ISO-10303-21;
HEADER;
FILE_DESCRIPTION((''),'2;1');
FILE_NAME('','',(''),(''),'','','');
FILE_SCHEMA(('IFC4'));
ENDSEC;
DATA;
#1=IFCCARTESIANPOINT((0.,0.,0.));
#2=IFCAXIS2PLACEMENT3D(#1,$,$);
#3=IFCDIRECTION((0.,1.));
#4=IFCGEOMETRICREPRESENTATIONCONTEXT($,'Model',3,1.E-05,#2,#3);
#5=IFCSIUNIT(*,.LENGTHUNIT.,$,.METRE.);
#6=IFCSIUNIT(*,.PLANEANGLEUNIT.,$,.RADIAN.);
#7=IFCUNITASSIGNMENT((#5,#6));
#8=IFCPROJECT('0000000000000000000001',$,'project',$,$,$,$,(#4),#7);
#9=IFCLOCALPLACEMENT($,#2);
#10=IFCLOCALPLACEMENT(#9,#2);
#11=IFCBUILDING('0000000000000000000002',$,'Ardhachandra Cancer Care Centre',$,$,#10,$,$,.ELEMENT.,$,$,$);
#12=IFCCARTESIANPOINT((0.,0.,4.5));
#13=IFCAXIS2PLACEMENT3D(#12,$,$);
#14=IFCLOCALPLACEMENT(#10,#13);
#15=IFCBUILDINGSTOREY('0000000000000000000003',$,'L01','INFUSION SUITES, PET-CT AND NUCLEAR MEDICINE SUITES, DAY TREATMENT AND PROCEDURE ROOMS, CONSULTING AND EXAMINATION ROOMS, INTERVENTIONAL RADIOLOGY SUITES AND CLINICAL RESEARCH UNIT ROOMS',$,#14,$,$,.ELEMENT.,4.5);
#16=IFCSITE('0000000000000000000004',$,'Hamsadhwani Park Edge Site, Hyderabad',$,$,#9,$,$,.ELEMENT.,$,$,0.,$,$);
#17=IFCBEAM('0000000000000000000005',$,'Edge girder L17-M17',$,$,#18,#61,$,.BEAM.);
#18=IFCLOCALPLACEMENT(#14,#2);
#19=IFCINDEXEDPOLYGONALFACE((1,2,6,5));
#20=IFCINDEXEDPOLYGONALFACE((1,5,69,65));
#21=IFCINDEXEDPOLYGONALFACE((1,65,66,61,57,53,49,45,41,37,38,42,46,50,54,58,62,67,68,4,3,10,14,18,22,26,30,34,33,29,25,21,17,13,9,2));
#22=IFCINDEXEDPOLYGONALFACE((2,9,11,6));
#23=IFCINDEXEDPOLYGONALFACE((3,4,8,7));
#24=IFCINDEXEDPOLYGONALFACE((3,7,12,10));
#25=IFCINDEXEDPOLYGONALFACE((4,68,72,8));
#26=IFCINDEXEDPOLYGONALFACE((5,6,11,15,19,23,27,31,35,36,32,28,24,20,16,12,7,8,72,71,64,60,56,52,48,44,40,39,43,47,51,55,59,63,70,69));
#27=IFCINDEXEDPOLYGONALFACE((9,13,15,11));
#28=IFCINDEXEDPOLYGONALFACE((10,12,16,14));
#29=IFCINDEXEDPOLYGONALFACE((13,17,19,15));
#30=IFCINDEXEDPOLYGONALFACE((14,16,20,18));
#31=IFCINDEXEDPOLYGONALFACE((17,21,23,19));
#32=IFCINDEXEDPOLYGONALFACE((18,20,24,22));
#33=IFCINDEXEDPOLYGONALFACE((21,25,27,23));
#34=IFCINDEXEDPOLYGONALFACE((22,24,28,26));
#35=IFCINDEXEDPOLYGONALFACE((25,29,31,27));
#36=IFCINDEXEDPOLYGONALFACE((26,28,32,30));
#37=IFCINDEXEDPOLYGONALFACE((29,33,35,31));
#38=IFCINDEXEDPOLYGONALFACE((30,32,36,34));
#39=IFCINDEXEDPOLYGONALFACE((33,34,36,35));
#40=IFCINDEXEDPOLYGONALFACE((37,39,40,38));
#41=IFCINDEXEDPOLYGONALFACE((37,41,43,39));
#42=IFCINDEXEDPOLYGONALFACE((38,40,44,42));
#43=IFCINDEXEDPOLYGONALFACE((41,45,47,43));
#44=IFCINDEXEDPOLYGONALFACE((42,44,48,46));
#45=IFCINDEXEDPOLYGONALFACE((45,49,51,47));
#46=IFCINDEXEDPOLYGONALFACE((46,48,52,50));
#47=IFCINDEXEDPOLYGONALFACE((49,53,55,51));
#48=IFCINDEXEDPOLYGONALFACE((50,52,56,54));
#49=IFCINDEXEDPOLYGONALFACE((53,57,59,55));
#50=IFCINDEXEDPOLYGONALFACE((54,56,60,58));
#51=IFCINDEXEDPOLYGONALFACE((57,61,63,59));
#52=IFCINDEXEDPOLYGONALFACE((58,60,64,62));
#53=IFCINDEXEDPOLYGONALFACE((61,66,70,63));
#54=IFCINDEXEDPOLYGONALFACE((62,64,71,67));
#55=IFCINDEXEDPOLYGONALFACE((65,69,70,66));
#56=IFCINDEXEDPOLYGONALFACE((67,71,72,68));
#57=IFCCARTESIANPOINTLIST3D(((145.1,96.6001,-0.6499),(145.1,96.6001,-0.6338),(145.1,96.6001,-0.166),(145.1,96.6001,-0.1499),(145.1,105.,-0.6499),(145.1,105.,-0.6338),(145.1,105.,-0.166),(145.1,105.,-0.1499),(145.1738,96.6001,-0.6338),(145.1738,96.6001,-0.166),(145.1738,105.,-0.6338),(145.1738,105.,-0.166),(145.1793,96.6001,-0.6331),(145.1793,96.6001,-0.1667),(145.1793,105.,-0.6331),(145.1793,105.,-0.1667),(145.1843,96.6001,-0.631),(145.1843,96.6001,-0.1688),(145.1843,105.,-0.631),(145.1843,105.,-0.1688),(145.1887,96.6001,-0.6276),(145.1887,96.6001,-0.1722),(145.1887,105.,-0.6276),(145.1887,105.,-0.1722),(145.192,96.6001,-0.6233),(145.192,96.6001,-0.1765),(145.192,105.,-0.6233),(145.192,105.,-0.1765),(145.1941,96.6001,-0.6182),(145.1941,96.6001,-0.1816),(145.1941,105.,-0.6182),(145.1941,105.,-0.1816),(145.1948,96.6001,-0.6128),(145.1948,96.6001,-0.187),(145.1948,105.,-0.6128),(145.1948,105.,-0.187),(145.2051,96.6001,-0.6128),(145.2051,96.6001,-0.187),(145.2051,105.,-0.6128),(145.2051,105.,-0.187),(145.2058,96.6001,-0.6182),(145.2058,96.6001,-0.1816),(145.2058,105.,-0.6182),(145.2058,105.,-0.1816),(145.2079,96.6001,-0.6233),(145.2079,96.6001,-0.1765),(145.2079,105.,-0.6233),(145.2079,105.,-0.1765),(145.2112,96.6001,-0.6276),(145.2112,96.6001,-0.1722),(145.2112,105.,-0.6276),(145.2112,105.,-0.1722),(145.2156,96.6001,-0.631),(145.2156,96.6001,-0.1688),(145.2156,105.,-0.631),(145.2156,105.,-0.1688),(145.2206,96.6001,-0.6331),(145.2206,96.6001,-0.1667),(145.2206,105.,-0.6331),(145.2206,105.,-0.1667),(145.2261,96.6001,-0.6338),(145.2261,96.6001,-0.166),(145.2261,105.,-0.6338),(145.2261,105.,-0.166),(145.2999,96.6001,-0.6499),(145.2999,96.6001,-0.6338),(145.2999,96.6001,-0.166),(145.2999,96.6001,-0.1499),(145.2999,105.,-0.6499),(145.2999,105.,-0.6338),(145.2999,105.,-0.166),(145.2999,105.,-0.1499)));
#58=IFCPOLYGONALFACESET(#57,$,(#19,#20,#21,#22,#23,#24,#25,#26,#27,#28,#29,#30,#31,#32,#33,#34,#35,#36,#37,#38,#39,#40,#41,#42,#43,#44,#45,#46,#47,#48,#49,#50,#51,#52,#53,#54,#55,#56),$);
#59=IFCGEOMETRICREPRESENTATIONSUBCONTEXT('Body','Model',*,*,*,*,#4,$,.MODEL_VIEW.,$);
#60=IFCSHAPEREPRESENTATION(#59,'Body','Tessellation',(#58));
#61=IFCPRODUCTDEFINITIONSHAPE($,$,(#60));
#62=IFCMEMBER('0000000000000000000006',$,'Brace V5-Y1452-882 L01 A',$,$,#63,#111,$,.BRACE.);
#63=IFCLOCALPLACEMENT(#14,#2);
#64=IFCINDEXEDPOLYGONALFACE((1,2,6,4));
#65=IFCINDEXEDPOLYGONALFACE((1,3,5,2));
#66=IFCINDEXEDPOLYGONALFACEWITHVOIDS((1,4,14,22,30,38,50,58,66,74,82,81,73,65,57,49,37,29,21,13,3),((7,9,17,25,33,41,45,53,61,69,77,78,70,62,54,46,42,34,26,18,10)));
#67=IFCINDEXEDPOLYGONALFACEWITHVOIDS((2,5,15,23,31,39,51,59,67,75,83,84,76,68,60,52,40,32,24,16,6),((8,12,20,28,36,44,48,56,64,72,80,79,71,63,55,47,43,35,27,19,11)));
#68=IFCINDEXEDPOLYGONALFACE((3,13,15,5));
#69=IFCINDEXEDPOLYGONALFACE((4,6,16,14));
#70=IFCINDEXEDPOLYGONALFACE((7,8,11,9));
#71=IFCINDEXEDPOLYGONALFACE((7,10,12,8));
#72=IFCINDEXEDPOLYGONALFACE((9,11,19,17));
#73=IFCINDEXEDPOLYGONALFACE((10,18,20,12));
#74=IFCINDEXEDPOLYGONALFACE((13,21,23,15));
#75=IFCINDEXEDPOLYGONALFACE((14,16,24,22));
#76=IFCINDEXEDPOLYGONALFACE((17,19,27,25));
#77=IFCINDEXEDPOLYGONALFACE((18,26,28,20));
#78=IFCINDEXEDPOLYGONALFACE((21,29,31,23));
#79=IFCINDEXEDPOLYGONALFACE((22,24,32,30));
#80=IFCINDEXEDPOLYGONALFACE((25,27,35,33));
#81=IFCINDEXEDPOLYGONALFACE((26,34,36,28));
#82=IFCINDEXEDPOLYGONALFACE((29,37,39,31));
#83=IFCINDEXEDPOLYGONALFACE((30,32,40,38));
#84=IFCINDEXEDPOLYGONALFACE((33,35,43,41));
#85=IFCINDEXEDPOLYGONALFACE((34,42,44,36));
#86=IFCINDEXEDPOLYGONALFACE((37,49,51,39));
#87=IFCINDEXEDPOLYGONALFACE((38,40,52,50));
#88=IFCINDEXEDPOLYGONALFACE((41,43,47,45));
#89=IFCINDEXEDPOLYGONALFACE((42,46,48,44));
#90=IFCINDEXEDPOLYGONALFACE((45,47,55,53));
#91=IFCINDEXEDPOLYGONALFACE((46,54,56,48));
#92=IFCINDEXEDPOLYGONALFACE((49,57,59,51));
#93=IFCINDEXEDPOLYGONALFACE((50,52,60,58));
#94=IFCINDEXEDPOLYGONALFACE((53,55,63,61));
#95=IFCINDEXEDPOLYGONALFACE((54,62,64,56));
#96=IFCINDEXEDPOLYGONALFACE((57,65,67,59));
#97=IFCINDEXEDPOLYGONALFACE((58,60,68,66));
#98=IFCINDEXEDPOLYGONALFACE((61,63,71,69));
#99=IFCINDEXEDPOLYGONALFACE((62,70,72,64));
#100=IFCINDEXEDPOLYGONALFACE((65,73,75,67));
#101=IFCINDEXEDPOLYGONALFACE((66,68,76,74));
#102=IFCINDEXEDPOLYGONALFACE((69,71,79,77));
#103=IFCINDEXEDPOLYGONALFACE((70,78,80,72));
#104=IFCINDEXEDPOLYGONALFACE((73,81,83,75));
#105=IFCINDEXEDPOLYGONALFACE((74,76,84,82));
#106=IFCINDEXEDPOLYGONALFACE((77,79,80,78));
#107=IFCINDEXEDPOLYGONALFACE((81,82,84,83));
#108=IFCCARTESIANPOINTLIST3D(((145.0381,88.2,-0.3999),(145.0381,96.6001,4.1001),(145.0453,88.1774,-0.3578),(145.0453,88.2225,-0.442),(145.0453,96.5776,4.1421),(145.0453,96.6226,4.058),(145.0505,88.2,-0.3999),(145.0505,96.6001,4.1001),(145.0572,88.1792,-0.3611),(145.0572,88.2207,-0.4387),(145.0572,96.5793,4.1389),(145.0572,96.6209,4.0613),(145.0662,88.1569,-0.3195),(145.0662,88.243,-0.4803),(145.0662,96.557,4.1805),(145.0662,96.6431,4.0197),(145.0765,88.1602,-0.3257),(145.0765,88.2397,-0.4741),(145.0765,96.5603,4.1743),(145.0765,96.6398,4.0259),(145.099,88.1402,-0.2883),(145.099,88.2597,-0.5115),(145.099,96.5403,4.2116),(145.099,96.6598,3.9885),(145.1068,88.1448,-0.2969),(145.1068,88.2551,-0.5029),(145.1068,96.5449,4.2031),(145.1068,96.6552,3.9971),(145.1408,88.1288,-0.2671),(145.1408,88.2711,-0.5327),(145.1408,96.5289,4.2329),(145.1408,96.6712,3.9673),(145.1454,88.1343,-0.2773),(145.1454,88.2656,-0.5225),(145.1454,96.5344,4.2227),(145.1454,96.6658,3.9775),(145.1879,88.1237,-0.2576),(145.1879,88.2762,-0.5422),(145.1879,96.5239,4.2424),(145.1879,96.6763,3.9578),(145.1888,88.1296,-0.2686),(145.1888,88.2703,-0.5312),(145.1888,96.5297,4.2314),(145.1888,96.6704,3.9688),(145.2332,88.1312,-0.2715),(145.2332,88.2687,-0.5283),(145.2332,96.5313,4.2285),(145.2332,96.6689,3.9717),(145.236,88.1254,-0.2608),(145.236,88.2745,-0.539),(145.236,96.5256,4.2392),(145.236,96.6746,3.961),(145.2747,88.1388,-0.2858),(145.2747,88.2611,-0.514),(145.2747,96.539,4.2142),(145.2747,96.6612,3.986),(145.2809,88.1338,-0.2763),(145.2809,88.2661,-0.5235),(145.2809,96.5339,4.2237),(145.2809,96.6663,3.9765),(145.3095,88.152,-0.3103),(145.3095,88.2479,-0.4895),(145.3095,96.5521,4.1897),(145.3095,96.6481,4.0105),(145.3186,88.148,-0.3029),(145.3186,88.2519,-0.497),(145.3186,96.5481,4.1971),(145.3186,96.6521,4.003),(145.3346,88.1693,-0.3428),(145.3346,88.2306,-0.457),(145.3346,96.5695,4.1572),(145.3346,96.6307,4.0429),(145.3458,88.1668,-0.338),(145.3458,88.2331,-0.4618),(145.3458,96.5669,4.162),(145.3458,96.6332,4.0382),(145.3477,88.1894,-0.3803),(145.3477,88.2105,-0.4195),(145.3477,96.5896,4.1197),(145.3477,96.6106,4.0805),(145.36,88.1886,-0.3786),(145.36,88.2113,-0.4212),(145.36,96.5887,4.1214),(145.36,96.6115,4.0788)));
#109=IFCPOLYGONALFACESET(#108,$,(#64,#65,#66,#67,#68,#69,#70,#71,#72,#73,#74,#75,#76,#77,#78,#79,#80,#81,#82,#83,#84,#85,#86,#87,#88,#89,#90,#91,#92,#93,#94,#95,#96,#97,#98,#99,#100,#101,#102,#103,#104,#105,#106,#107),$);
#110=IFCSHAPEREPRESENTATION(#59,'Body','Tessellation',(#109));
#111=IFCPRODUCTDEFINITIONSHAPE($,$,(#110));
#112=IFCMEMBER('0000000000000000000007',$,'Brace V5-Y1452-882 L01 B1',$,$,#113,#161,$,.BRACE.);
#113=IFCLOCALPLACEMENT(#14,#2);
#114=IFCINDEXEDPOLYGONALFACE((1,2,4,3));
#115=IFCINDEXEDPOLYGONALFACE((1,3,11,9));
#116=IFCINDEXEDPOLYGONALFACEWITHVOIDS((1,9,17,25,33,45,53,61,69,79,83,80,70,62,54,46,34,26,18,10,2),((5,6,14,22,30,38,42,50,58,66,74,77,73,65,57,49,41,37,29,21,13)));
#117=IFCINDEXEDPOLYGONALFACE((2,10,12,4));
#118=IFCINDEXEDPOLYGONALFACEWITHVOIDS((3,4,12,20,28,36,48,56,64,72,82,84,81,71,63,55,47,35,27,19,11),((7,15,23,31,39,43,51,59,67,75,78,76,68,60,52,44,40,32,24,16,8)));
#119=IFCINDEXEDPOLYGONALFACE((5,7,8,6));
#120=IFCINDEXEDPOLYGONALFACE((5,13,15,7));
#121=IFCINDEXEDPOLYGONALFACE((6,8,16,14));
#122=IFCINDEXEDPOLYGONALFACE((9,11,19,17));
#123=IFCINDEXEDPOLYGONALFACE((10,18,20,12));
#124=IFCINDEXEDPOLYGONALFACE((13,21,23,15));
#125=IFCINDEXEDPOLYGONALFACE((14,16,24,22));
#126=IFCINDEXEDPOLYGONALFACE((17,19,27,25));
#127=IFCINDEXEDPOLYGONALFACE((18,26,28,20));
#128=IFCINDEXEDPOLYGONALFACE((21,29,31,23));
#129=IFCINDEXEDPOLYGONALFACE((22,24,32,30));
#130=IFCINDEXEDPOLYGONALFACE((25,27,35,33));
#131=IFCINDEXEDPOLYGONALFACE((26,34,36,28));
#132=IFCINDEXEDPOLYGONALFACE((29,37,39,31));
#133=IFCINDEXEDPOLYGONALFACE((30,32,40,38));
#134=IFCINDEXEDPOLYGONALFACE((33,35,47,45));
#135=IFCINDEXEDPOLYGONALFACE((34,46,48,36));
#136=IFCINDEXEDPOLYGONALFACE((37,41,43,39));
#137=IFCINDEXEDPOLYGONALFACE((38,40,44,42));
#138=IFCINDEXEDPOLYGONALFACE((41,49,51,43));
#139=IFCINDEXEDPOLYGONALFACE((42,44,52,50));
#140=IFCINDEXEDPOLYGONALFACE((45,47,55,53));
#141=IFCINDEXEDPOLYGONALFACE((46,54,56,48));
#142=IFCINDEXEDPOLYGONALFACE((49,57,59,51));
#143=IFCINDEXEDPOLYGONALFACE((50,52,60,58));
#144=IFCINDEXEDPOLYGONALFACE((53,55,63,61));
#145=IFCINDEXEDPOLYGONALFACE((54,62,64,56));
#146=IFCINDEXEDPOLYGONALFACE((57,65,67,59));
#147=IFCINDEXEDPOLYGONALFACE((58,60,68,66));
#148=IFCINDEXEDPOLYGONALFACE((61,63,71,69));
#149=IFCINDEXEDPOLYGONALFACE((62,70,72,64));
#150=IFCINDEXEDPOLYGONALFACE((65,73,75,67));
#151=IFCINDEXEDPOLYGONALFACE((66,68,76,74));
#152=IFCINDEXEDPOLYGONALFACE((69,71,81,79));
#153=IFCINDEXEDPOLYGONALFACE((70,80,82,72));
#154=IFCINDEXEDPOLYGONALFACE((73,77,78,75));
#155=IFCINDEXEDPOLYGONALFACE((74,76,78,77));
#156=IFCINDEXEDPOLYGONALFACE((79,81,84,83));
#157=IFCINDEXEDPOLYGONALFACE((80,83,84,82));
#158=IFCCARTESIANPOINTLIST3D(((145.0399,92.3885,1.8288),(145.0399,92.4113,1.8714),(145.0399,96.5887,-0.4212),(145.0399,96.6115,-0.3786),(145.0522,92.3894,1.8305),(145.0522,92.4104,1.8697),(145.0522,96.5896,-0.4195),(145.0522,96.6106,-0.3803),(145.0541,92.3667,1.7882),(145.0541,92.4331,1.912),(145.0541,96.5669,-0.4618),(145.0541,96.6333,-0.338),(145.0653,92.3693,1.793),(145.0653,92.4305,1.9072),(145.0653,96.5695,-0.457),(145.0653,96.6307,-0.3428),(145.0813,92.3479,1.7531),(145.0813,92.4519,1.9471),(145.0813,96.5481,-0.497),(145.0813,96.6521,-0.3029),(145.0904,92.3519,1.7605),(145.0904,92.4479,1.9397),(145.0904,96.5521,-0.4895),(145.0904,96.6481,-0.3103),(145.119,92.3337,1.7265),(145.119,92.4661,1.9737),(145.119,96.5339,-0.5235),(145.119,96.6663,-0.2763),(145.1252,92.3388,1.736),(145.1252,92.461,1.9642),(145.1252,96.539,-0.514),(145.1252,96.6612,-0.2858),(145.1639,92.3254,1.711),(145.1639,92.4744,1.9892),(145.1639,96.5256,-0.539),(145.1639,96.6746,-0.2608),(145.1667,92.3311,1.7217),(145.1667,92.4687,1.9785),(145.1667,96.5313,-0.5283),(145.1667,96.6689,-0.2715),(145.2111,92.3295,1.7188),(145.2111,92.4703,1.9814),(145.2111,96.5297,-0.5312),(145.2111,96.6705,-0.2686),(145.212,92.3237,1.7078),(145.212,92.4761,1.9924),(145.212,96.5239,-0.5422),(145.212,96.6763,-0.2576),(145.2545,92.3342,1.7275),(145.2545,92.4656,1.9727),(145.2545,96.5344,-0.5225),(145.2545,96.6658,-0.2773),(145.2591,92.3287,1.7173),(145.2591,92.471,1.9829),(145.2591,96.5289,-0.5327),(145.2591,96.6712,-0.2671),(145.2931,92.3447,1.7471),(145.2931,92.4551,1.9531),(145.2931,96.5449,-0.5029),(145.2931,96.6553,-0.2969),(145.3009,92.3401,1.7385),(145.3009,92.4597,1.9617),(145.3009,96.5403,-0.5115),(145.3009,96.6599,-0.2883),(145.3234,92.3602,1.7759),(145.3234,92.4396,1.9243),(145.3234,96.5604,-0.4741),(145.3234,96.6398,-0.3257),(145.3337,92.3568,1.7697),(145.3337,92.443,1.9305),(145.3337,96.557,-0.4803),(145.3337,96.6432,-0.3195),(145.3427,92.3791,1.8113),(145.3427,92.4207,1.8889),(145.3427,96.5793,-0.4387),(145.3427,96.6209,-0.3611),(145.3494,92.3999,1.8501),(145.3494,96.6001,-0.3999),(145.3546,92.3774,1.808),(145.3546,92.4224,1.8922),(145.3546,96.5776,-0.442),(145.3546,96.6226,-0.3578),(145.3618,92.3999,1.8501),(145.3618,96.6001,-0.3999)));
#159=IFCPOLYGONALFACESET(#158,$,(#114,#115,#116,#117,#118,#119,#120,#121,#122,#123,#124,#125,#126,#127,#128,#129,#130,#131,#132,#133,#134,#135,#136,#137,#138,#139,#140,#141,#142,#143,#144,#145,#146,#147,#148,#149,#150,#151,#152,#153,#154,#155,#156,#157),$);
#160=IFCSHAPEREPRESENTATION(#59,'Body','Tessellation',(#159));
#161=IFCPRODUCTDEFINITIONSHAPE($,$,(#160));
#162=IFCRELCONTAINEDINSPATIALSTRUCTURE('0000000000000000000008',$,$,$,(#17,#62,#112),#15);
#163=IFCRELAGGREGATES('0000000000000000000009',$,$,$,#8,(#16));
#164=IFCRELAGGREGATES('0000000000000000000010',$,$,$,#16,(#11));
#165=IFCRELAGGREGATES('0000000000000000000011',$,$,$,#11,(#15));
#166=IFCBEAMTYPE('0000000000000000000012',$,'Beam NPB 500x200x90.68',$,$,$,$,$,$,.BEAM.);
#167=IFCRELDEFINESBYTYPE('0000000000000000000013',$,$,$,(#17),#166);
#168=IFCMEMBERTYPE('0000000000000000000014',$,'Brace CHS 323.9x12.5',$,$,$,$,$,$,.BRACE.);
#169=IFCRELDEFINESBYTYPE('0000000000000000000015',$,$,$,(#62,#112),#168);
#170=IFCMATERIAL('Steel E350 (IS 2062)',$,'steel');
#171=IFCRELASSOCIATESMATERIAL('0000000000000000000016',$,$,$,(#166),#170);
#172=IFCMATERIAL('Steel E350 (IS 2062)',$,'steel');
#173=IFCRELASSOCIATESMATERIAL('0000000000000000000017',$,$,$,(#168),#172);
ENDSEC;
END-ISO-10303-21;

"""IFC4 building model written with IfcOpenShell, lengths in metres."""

from ifc_helpers import new_model, si_unit, direction, frame, origin, origin_2d, place, context, subcontext, project, spatial, hollow_circle, i_section, extrude, material, material_profile, profile_set, type_object, element, save


model = new_model("IFC4")

# Units and contexts
model_context = context("Model", 3, precision=1e-05, world=origin(), true_north=direction((0.0, 1.0)))
body_context = subcontext(model_context, "Body", "Model", "MODEL_VIEW")
ifc_project = project(units=[si_unit("LENGTHUNIT", "METRE"), si_unit("PLANEANGLEUNIT", "RADIAN")], contexts=[model_context])

# Site, building, storey
site_placement = place(None, origin())
site = spatial("IfcSite", under=ifc_project, at=site_placement, Name="Hamsadhwani Park Edge Site, Hyderabad", CompositionType="ELEMENT", RefElevation=0.0)
building_placement = place(site_placement, origin())
building = spatial("IfcBuilding", under=site, at=building_placement, Name="Ardhachandra Cancer Care Centre", CompositionType="ELEMENT")
storey_placement = place(building_placement, frame((0.0, 0.0, 4.5)))
storey = spatial("IfcBuildingStorey", under=building, at=storey_placement, Name="L01", Description="INFUSION SUITES, PET-CT AND NUCLEAR MEDICINE SUITES, DAY TREATMENT AND PROCEDURE ROOMS, CONSULTING AND EXAMINATION ROOMS, INTERVENTIONAL RADIOLOGY SUITES AND CLINICAL RESEARCH UNIT ROOMS", CompositionType="ELEMENT", Elevation=4.5)

# Beam
ifc_material_1 = material(Name="Steel E350 (IS 2062)", Category="steel")
ifc_material_profile_1 = material_profile(ifc_material_1, i_section(OverallWidth=0.2, OverallDepth=0.5, WebThickness=0.0103, FlangeThickness=0.0161, FilletRadius=0.021, at=origin_2d()), Name="NPB 500x200x90.68")
ifc_profile_set_1 = profile_set([ifc_material_profile_1], Name="Steel E350 (IS 2062)")
beam_type_1 = type_object("IfcBeamType", Name="Beam NPB 500x200x90.68", PredefinedType="BEAM", material=ifc_profile_set_1)
beam_1_placement = place(storey_placement, frame((145.2, 96.6001, -0.3999), z_axis=(0.0, 1.0, 0.0), x_axis=(-1.0, 0.0, 0.0)))
element("IfcBeam", 1, at=beam_1_placement, inside=storey, type_object=beam_type_1, Name="Edge girder L17-M17", PredefinedType="BEAM", context=body_context, shape_type="SweptSolid", body=[
    extrude(i_section(OverallWidth=0.2, OverallDepth=0.5, WebThickness=0.0103, FlangeThickness=0.0161, FilletRadius=0.021, at=origin_2d()), origin(), (0.0, 0.0, 1.0), 8.3999),
])

# Members
ifc_material_2 = material(Name="Steel E350 (IS 2062)", Category="steel")
ifc_material_profile_2 = material_profile(ifc_material_2, hollow_circle(Radius=0.1619, WallThickness=0.0125, at=origin_2d()), Name="CHS 323.9x12.5")
ifc_profile_set_2 = profile_set([ifc_material_profile_2], Name="Steel E350 (IS 2062)")
member_type_1 = type_object("IfcMemberType", Name="Brace CHS 323.9x12.5", PredefinedType="BRACE", material=ifc_profile_set_2)
member_1_placement = place(storey_placement, frame((145.2, 88.2, -0.3999), z_axis=(0.0, 0.881483, 0.472215), x_axis=(-1.0, 0.0, 0.0)))
element("IfcMember", 2, at=member_1_placement, inside=storey, type_object=member_type_1, Name="Brace V5-Y1452-882 L01 A", PredefinedType="BRACE", context=body_context, shape_type="SweptSolid", body=[
    extrude(hollow_circle(Radius=0.1619, WallThickness=0.0125, at=origin_2d()), origin(), (0.0, 0.0, 1.0), 9.5295),
])
member_2_placement = place(storey_placement, frame((145.2, 96.6001, -0.3999), z_axis=(0.0, -0.881489, 0.472204), x_axis=(1.0, 0.0, 0.0)))
element("IfcMember", 3, at=member_2_placement, inside=storey, type_object=member_type_1, Name="Brace V5-Y1452-882 L01 B1", PredefinedType="BRACE", context=body_context, shape_type="SweptSolid", body=[
    extrude(hollow_circle(Radius=0.1619, WallThickness=0.0125, at=origin_2d()), origin(), (0.0, 0.0, 1.0), 4.7649),
])

save(model, "model.ifc")
